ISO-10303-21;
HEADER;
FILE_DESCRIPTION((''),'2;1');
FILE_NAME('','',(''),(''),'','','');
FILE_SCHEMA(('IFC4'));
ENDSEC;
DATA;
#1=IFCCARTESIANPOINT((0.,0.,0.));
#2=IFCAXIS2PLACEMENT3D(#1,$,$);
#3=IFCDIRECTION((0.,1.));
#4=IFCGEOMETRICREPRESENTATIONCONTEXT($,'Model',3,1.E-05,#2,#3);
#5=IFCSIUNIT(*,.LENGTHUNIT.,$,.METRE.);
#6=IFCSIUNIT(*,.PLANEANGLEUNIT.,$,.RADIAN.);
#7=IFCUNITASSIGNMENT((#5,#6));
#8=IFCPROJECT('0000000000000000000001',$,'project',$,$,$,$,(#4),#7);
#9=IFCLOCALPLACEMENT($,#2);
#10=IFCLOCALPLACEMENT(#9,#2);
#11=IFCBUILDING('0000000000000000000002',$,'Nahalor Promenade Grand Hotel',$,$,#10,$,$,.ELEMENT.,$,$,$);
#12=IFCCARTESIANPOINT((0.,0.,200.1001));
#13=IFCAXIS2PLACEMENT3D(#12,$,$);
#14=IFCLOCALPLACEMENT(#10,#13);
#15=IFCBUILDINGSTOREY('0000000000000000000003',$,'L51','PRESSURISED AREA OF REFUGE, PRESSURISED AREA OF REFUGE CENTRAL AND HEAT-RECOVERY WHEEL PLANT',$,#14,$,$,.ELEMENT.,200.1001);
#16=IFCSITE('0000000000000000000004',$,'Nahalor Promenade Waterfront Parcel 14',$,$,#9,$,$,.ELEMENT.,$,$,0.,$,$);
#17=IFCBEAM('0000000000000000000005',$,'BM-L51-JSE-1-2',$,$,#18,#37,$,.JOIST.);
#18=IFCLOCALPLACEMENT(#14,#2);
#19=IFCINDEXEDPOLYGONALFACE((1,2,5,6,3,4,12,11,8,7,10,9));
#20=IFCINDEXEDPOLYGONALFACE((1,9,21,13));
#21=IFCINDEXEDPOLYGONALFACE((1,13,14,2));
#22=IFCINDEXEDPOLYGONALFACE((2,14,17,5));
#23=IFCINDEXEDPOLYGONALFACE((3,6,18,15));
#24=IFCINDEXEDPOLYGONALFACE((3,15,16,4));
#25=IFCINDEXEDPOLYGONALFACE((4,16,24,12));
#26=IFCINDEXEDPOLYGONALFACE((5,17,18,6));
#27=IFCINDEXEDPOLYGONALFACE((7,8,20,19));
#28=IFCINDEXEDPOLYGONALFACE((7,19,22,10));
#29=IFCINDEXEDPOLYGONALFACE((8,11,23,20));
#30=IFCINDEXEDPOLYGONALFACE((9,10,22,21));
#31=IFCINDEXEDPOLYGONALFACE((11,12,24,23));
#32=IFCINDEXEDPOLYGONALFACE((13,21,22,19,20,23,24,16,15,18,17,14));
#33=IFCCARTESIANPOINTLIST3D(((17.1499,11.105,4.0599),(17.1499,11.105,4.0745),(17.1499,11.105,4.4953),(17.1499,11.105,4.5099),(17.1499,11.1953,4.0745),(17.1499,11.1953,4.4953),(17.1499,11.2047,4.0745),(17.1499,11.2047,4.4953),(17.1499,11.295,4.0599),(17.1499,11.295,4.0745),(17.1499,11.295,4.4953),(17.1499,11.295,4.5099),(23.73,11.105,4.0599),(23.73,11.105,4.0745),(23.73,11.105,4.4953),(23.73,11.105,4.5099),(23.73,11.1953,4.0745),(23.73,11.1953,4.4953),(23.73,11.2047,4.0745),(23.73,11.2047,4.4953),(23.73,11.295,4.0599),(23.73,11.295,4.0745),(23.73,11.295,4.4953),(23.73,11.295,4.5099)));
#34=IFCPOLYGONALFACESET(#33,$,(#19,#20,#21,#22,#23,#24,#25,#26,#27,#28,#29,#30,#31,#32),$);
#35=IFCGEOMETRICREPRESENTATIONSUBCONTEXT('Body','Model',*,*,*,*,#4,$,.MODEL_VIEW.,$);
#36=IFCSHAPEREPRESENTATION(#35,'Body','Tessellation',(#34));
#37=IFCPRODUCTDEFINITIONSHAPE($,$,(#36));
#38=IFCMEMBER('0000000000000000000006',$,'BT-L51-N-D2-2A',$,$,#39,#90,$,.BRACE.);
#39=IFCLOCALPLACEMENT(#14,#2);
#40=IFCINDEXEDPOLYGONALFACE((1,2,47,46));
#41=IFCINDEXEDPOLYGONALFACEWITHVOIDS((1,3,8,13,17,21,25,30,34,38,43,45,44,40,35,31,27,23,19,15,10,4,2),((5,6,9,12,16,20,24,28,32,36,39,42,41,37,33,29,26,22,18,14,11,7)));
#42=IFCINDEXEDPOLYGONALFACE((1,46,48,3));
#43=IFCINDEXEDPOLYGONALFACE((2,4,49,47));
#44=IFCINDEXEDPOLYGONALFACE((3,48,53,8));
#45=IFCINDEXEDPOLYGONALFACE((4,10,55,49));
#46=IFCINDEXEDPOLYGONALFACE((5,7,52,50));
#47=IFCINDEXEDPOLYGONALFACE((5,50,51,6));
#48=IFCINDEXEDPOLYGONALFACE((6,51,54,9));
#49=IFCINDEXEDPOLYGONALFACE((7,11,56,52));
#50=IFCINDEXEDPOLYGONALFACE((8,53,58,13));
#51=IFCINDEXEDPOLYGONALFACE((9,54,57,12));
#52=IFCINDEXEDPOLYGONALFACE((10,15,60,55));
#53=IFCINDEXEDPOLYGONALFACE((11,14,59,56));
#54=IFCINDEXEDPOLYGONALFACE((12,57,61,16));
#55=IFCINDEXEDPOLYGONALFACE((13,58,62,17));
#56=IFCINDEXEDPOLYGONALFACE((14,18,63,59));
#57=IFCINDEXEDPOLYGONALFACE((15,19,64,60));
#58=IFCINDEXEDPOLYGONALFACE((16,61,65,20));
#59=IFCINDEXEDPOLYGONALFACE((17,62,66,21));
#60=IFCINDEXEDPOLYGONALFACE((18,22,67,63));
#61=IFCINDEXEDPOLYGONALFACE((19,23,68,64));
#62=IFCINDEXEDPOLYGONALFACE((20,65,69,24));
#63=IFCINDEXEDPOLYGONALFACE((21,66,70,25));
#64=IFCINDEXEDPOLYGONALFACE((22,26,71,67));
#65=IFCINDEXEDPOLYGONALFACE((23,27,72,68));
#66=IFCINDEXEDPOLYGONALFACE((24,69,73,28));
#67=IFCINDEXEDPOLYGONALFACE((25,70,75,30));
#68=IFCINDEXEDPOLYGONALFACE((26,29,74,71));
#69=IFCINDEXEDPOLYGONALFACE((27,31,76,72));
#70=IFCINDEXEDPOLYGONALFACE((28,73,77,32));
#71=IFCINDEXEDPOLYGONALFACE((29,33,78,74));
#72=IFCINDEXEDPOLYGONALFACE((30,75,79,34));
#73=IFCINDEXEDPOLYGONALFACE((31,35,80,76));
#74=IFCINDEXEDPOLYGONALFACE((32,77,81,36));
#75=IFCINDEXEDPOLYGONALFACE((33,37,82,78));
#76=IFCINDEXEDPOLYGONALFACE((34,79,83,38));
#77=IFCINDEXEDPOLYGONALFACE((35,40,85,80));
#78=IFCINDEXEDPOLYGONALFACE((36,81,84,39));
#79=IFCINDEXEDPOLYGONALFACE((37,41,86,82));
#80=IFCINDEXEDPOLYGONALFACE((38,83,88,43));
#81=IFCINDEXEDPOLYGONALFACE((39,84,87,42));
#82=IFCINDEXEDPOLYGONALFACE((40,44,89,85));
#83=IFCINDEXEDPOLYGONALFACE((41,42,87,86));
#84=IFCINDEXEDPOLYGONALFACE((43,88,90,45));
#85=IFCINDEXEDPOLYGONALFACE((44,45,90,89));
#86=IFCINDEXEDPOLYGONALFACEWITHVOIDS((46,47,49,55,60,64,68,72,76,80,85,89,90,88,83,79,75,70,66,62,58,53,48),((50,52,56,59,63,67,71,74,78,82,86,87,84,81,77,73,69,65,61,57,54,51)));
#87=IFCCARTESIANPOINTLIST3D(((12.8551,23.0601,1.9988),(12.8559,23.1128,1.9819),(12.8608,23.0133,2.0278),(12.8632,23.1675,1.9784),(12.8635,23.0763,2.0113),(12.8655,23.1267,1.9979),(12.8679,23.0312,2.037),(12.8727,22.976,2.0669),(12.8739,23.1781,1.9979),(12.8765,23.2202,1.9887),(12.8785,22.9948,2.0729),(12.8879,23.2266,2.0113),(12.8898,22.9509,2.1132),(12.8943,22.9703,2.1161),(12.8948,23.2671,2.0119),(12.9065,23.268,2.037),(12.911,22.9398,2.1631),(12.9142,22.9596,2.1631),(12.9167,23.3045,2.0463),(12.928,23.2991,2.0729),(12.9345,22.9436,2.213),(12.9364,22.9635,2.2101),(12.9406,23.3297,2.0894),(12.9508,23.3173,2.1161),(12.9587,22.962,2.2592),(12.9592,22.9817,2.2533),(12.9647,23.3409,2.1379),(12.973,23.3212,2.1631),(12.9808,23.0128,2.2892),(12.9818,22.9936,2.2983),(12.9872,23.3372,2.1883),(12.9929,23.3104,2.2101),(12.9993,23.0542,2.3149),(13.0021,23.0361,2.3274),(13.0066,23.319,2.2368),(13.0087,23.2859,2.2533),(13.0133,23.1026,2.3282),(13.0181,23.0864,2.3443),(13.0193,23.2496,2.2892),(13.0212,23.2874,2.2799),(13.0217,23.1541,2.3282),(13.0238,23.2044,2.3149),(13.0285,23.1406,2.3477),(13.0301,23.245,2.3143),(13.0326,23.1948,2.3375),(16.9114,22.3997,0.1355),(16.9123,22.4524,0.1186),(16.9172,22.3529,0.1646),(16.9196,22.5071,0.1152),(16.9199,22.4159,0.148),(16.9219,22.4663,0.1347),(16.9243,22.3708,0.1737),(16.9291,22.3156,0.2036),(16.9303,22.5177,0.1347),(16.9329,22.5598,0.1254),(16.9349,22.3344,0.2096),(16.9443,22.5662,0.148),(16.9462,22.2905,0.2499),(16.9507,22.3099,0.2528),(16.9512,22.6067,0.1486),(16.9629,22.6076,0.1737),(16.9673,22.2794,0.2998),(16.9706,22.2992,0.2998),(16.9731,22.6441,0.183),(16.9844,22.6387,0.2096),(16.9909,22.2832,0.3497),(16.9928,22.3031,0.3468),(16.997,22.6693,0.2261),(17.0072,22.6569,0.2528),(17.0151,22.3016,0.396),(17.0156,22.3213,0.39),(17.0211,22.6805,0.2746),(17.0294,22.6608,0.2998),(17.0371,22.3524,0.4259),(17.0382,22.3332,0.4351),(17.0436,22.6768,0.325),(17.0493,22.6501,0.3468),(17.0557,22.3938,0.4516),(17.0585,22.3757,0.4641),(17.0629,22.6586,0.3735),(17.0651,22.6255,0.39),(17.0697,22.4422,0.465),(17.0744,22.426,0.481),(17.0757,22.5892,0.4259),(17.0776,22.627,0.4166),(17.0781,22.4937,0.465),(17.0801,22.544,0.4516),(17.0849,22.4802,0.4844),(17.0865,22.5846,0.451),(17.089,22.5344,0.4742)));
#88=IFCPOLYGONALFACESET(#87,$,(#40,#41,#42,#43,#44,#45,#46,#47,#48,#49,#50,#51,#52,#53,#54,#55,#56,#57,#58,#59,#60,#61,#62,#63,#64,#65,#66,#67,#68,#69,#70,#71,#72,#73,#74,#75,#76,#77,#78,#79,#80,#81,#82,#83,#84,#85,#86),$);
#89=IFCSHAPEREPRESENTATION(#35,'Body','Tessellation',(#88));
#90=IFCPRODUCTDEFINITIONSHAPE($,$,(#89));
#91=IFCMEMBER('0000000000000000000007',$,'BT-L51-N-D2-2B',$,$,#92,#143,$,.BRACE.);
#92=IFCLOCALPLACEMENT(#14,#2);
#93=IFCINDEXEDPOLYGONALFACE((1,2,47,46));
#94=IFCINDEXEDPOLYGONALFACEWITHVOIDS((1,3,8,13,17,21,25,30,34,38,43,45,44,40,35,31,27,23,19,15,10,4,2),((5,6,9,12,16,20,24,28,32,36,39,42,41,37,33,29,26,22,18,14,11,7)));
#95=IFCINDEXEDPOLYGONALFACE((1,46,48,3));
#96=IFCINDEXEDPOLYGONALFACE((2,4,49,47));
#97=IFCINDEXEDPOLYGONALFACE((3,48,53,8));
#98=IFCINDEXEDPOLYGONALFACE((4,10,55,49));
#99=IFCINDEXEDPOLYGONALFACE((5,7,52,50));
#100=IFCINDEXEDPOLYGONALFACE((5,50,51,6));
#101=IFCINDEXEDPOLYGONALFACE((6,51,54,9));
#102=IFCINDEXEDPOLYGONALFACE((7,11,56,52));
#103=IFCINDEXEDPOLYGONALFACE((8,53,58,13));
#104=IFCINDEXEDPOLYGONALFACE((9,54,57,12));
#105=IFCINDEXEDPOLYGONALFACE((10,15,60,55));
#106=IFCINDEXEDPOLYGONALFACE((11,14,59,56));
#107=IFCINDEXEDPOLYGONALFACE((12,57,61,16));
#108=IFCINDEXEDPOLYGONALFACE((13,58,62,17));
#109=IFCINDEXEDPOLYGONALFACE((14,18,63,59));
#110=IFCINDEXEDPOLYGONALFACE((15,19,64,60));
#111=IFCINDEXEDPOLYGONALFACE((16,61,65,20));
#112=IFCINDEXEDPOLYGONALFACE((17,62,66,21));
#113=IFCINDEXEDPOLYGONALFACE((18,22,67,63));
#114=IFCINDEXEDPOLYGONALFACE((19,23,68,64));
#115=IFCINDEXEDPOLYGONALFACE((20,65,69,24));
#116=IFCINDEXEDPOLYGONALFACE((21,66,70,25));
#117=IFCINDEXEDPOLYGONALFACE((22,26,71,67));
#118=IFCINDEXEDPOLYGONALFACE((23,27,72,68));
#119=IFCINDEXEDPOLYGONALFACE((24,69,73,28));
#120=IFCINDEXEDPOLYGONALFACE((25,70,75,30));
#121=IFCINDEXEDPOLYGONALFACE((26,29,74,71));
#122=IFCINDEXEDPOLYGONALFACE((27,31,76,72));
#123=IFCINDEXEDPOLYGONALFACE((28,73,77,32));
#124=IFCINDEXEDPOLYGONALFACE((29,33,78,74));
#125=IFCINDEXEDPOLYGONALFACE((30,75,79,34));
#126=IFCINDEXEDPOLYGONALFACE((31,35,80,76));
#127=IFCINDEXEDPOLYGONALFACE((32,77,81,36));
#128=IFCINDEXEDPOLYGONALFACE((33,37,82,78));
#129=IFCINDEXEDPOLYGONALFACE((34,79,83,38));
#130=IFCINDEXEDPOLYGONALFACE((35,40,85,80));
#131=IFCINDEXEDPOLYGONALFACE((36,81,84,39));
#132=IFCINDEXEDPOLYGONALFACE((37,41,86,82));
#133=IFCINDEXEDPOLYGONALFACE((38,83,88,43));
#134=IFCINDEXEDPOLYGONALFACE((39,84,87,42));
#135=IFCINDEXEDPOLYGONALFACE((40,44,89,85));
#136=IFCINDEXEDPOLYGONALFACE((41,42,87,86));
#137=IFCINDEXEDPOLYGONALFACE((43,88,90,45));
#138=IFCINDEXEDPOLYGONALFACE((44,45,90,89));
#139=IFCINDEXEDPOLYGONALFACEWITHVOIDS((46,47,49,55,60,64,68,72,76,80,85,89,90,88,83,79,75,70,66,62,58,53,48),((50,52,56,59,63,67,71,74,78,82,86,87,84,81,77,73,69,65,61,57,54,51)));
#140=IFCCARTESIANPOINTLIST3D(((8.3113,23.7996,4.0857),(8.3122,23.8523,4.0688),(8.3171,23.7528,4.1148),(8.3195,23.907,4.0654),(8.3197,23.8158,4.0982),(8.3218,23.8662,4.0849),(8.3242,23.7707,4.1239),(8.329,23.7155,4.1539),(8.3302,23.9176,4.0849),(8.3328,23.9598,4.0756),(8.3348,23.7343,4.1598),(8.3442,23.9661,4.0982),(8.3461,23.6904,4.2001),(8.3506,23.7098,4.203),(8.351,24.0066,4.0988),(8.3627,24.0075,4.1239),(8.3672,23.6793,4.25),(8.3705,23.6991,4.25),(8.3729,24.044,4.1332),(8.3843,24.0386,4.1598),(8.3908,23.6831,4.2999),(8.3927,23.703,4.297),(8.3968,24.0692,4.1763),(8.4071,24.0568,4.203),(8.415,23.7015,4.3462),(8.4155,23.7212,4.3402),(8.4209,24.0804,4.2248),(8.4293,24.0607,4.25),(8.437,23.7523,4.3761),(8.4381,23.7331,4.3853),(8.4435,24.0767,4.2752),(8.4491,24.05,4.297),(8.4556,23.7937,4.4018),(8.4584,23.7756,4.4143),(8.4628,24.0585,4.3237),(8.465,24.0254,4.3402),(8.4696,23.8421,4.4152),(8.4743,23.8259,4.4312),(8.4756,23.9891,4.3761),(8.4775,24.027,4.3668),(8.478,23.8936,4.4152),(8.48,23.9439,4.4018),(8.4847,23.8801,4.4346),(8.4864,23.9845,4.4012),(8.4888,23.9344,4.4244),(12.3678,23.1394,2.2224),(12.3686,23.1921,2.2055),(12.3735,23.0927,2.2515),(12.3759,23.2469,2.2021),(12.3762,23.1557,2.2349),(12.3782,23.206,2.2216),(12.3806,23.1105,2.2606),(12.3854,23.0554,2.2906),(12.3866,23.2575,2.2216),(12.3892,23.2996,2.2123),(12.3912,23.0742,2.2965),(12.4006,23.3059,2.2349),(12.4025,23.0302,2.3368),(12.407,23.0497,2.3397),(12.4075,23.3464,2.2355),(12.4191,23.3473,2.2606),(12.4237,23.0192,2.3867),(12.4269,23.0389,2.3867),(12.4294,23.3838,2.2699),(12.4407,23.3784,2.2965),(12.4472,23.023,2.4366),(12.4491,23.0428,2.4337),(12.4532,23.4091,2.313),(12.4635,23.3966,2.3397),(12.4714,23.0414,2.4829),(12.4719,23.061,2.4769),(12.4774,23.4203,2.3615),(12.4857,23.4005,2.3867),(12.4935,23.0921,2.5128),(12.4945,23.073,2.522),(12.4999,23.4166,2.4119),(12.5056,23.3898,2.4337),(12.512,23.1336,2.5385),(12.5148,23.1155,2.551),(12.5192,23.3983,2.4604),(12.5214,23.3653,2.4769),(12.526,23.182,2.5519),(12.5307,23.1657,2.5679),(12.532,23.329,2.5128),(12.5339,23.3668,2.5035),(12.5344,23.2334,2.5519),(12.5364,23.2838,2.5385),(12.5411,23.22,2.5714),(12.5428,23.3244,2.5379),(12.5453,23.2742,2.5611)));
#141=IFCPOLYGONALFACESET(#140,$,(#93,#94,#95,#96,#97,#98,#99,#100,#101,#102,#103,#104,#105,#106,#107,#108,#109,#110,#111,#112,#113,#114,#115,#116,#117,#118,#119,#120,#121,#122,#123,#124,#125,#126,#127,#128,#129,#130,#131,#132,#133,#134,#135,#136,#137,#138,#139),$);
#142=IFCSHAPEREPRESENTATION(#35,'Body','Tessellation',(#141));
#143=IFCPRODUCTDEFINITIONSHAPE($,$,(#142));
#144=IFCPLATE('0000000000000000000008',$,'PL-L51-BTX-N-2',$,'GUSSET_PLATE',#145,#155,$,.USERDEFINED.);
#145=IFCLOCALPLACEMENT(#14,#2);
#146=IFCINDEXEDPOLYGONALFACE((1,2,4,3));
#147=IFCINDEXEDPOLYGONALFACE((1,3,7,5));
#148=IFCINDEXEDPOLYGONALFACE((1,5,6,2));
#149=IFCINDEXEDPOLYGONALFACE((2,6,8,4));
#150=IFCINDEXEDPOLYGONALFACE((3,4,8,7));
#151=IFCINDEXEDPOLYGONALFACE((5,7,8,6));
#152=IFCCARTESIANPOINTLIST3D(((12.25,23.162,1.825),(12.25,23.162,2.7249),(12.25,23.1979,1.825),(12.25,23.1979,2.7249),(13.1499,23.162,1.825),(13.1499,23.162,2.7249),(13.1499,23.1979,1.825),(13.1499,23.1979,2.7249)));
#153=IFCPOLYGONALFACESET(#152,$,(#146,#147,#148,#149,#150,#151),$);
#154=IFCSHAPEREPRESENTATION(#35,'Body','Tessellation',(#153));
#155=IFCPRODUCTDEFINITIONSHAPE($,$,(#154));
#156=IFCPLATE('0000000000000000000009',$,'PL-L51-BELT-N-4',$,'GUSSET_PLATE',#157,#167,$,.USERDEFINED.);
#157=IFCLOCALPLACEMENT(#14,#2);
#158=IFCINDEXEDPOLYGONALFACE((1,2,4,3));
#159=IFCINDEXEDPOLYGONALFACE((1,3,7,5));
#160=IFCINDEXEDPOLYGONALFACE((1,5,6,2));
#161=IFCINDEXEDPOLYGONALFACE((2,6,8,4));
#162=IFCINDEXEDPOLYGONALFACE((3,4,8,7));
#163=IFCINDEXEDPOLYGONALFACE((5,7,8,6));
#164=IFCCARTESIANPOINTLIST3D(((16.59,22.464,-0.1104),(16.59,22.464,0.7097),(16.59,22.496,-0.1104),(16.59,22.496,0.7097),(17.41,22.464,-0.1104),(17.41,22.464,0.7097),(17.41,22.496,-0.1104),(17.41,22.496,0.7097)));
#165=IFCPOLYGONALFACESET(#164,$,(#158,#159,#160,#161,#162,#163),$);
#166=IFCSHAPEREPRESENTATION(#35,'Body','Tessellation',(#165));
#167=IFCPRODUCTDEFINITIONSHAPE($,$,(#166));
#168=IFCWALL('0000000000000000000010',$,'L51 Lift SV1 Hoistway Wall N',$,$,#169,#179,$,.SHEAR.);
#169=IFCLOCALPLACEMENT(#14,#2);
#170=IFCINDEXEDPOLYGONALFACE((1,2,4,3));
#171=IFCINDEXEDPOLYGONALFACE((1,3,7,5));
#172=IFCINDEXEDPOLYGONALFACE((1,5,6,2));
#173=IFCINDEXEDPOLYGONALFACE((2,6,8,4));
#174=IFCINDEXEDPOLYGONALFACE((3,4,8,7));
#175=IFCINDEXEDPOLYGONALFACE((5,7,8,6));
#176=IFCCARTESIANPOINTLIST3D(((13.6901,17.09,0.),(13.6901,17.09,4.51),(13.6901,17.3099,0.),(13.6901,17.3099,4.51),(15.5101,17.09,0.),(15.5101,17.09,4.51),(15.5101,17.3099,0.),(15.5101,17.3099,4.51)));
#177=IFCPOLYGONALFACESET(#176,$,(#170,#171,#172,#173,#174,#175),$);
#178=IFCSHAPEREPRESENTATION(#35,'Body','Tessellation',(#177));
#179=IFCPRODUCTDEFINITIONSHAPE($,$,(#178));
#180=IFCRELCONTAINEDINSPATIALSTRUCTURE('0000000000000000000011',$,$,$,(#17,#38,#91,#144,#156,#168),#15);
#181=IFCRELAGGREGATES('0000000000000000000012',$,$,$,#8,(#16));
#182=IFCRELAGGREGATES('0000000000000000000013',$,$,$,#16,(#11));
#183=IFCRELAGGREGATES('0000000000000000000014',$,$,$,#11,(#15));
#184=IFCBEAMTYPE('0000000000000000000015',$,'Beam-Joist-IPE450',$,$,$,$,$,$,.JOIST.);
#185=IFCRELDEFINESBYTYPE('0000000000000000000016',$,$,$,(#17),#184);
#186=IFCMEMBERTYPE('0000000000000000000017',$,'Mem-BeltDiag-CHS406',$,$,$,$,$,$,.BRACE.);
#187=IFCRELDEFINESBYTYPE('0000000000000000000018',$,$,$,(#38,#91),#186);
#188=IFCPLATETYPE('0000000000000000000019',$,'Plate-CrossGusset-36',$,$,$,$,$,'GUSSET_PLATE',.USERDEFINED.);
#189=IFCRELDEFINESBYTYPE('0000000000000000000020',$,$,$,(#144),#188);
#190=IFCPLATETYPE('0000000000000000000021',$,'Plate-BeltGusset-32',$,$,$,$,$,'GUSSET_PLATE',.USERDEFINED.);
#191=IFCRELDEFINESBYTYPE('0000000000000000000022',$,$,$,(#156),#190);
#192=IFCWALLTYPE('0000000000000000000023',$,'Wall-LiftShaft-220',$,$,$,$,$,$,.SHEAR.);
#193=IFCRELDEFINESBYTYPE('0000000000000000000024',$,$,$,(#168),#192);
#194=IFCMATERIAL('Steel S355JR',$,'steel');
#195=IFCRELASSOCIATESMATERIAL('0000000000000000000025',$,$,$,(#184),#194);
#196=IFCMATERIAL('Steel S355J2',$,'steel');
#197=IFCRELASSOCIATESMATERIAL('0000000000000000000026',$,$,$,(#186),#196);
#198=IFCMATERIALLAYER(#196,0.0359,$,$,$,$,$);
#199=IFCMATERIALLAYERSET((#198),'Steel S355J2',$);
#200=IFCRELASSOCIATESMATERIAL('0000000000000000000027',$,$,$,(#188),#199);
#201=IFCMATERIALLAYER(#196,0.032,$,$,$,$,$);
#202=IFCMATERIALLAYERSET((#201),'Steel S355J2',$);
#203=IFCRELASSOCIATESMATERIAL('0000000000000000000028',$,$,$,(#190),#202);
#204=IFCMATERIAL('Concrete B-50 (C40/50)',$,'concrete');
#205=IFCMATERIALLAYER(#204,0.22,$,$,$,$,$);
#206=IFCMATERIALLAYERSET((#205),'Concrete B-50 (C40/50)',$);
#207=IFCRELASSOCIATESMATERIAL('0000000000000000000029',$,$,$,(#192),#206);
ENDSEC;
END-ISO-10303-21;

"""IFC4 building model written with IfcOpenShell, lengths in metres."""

from ifc_helpers import new_model, si_unit, direction, frame, frame_2d, origin, origin_2d, place, context, subcontext, project, spatial, rectangle, hollow_circle, i_section, extrude, source, transform, mapped, material, layer, layer_set, material_profile, profile_set, type_object, element, save


model = new_model("IFC4")

# Units and contexts
model_context = context("Model", 3, precision=1e-05, world=origin(), true_north=direction((0.0, 1.0)))
body_context = subcontext(model_context, "Body", "Model", "MODEL_VIEW")
ifc_project = project(units=[si_unit("LENGTHUNIT", "METRE"), si_unit("PLANEANGLEUNIT", "RADIAN")], contexts=[model_context])

# Site, building, storey
site_placement = place(None, origin())
site = spatial("IfcSite", under=ifc_project, at=site_placement, Name="Nahalor Promenade Waterfront Parcel 14", CompositionType="ELEMENT", RefElevation=0.0)
building_placement = place(site_placement, origin())
building = spatial("IfcBuilding", under=site, at=building_placement, Name="Nahalor Promenade Grand Hotel", CompositionType="ELEMENT")
storey_placement = place(building_placement, frame((0.0, 0.0, 200.1001)))
storey = spatial("IfcBuildingStorey", under=building, at=storey_placement, Name="L51", Description="PRESSURISED AREA OF REFUGE, PRESSURISED AREA OF REFUGE CENTRAL AND HEAT-RECOVERY WHEEL PLANT", CompositionType="ELEMENT", Elevation=200.1001)

# Shared definitions
ifc_material_1 = material(Name="Steel S355J2", Category="steel")

# Beam
ifc_material_2 = material(Name="Steel S355JR", Category="steel")
ifc_material_profile_1 = material_profile(ifc_material_2, i_section(OverallWidth=0.19, OverallDepth=0.45, WebThickness=0.0094, FlangeThickness=0.0146, at=origin_2d()), Name="IPE 450")
ifc_profile_set_1 = profile_set([ifc_material_profile_1], Name="Steel S355JR")
beam_type_1 = type_object("IfcBeamType", Name="Beam-Joist-IPE450", PredefinedType="JOIST", material=ifc_profile_set_1)
shared_shape_1 = source(origin(), body_context, "Body", "SweptSolid", [
    extrude(i_section(OverallWidth=0.19, OverallDepth=0.45, WebThickness=0.0094, FlangeThickness=0.0146, at=origin_2d()), origin(), (0.0, 0.0, 1.0), 6.5801),
])
beam_placement = place(storey_placement, frame((17.1499, 11.2, 4.2849), z_axis=(1.0, 0.0, 0.0), x_axis=(0.0, 1.0, 0.0)))
element("IfcBeam", 1, at=beam_placement, inside=storey, type_object=beam_type_1, Name="BM-L51-JSE-1-2", PredefinedType="JOIST", context=body_context, shape_type="MappedRepresentation", body=[
    mapped(shared_shape_1, transform((0.0, 0.0, 0.0), scale=1.0)),
])

# Members
ifc_material_profile_2 = material_profile(ifc_material_1, hollow_circle(Radius=0.2032, WallThickness=0.02, at=origin_2d()), Name="CHS 406.4x20")
ifc_profile_set_2 = profile_set([ifc_material_profile_2], Name="Steel S355J2")
member_type = type_object("IfcMemberType", Name="Mem-BeltDiag-CHS406", PredefinedType="BRACE", material=ifc_profile_set_2)
shared_shape_2 = source(origin(), body_context, "Body", "SweptSolid", [
    extrude(hollow_circle(Radius=0.2032, WallThickness=0.02, at=origin_2d()), origin(), (0.0, 0.0, 1.0), 4.5125),
])
for number, where, z_axis, x_axis, name in (
    (2, (17.0, 22.48, 0.2998), (-0.898932, 0.14635, 0.412919), (-0.160689, -0.987005, 0.0), "BT-L51-N-D2-2A"),
    (3, (12.4563, 23.2197, 2.3867), (-0.898939, 0.146297, 0.412922), (-0.160631, -0.987014, 0.0), "BT-L51-N-D2-2B"),
):
    element("IfcMember", number, at=place(storey_placement, frame(where, z_axis=z_axis, x_axis=x_axis)), inside=storey, type_object=member_type, Name=name, PredefinedType="BRACE", context=body_context, shape_type="MappedRepresentation", body=[
        mapped(shared_shape_2, transform((0.0, 0.0, 0.0), scale=1.0)),
    ])

# Plates
ifc_layer_1 = layer(ifc_material_1, 0.0359)
ifc_layer_set_1 = layer_set([ifc_layer_1], Name="Steel S355J2")
plate_type_1 = type_object("IfcPlateType", Name="Plate-CrossGusset-36", ElementType="GUSSET_PLATE", PredefinedType="USERDEFINED", material=ifc_layer_set_1)
shared_shape_3 = source(origin(), body_context, "Body", "SweptSolid", [
    extrude(rectangle(XDim=0.8999, YDim=0.0359, at=origin_2d()), origin(), (0.0, 0.0, 1.0), 0.8999),
])
plate_1_placement = place(storey_placement, frame((12.7, 23.1799, 1.825), z_axis=(0.0, 0.0, 1.0), x_axis=(1.0, 0.0, 0.0)))
element("IfcPlate", 4, at=plate_1_placement, inside=storey, type_object=plate_type_1, Name="PL-L51-BTX-N-2", ObjectType="GUSSET_PLATE", PredefinedType="USERDEFINED", context=body_context, shape_type="MappedRepresentation", body=[
    mapped(shared_shape_3, transform((0.0, 0.0, 0.0), scale=1.0)),
])
ifc_layer_2 = layer(ifc_material_1, 0.032)
ifc_layer_set_2 = layer_set([ifc_layer_2], Name="Steel S355J2")
plate_type_2 = type_object("IfcPlateType", Name="Plate-BeltGusset-32", ElementType="GUSSET_PLATE", PredefinedType="USERDEFINED", material=ifc_layer_set_2)
shared_shape_4 = source(origin(), body_context, "Body", "SweptSolid", [
    extrude(rectangle(XDim=0.8201, YDim=0.032, at=origin_2d()), origin(), (0.0, 0.0, 1.0), 0.8201),
])
plate_2_placement = place(storey_placement, frame((17.0, 22.48, -0.1104), z_axis=(0.0, 0.0, 1.0), x_axis=(1.0, 0.0, 0.0)))
element("IfcPlate", 5, at=plate_2_placement, inside=storey, type_object=plate_type_2, Name="PL-L51-BELT-N-4", ObjectType="GUSSET_PLATE", PredefinedType="USERDEFINED", context=body_context, shape_type="MappedRepresentation", body=[
    mapped(shared_shape_4, transform((0.0, 0.0, 0.0), scale=1.0)),
])

# Wall
ifc_material_3 = material(Name="Concrete B-50 (C40/50)", Category="concrete")
ifc_layer_3 = layer(ifc_material_3, 0.22)
ifc_layer_set_3 = layer_set([ifc_layer_3], Name="Concrete B-50 (C40/50)")
wall_type_1 = type_object("IfcWallType", Name="Wall-LiftShaft-220", PredefinedType="SHEAR", material=ifc_layer_set_3)
shared_shape_5 = source(origin(), body_context, "Body", "SweptSolid", [
    extrude(rectangle(XDim=1.8201, YDim=0.22, at=frame_2d((0.9102, 0.0))), origin(), (0.0, 0.0, 1.0), 4.51),
])
wall_1_placement = place(storey_placement, frame((13.6899, 17.2, 0.0), z_axis=(0.0, 0.0, 1.0), x_axis=(1.0, 0.0, 0.0)))
element("IfcWall", 6, at=wall_1_placement, inside=storey, type_object=wall_type_1, Name="L51 Lift SV1 Hoistway Wall N", PredefinedType="SHEAR", context=body_context, shape_type="MappedRepresentation", body=[
    mapped(shared_shape_5, transform((0.0, 0.0, 0.0), scale=1.0)),
])

save(model, "model.ifc")
